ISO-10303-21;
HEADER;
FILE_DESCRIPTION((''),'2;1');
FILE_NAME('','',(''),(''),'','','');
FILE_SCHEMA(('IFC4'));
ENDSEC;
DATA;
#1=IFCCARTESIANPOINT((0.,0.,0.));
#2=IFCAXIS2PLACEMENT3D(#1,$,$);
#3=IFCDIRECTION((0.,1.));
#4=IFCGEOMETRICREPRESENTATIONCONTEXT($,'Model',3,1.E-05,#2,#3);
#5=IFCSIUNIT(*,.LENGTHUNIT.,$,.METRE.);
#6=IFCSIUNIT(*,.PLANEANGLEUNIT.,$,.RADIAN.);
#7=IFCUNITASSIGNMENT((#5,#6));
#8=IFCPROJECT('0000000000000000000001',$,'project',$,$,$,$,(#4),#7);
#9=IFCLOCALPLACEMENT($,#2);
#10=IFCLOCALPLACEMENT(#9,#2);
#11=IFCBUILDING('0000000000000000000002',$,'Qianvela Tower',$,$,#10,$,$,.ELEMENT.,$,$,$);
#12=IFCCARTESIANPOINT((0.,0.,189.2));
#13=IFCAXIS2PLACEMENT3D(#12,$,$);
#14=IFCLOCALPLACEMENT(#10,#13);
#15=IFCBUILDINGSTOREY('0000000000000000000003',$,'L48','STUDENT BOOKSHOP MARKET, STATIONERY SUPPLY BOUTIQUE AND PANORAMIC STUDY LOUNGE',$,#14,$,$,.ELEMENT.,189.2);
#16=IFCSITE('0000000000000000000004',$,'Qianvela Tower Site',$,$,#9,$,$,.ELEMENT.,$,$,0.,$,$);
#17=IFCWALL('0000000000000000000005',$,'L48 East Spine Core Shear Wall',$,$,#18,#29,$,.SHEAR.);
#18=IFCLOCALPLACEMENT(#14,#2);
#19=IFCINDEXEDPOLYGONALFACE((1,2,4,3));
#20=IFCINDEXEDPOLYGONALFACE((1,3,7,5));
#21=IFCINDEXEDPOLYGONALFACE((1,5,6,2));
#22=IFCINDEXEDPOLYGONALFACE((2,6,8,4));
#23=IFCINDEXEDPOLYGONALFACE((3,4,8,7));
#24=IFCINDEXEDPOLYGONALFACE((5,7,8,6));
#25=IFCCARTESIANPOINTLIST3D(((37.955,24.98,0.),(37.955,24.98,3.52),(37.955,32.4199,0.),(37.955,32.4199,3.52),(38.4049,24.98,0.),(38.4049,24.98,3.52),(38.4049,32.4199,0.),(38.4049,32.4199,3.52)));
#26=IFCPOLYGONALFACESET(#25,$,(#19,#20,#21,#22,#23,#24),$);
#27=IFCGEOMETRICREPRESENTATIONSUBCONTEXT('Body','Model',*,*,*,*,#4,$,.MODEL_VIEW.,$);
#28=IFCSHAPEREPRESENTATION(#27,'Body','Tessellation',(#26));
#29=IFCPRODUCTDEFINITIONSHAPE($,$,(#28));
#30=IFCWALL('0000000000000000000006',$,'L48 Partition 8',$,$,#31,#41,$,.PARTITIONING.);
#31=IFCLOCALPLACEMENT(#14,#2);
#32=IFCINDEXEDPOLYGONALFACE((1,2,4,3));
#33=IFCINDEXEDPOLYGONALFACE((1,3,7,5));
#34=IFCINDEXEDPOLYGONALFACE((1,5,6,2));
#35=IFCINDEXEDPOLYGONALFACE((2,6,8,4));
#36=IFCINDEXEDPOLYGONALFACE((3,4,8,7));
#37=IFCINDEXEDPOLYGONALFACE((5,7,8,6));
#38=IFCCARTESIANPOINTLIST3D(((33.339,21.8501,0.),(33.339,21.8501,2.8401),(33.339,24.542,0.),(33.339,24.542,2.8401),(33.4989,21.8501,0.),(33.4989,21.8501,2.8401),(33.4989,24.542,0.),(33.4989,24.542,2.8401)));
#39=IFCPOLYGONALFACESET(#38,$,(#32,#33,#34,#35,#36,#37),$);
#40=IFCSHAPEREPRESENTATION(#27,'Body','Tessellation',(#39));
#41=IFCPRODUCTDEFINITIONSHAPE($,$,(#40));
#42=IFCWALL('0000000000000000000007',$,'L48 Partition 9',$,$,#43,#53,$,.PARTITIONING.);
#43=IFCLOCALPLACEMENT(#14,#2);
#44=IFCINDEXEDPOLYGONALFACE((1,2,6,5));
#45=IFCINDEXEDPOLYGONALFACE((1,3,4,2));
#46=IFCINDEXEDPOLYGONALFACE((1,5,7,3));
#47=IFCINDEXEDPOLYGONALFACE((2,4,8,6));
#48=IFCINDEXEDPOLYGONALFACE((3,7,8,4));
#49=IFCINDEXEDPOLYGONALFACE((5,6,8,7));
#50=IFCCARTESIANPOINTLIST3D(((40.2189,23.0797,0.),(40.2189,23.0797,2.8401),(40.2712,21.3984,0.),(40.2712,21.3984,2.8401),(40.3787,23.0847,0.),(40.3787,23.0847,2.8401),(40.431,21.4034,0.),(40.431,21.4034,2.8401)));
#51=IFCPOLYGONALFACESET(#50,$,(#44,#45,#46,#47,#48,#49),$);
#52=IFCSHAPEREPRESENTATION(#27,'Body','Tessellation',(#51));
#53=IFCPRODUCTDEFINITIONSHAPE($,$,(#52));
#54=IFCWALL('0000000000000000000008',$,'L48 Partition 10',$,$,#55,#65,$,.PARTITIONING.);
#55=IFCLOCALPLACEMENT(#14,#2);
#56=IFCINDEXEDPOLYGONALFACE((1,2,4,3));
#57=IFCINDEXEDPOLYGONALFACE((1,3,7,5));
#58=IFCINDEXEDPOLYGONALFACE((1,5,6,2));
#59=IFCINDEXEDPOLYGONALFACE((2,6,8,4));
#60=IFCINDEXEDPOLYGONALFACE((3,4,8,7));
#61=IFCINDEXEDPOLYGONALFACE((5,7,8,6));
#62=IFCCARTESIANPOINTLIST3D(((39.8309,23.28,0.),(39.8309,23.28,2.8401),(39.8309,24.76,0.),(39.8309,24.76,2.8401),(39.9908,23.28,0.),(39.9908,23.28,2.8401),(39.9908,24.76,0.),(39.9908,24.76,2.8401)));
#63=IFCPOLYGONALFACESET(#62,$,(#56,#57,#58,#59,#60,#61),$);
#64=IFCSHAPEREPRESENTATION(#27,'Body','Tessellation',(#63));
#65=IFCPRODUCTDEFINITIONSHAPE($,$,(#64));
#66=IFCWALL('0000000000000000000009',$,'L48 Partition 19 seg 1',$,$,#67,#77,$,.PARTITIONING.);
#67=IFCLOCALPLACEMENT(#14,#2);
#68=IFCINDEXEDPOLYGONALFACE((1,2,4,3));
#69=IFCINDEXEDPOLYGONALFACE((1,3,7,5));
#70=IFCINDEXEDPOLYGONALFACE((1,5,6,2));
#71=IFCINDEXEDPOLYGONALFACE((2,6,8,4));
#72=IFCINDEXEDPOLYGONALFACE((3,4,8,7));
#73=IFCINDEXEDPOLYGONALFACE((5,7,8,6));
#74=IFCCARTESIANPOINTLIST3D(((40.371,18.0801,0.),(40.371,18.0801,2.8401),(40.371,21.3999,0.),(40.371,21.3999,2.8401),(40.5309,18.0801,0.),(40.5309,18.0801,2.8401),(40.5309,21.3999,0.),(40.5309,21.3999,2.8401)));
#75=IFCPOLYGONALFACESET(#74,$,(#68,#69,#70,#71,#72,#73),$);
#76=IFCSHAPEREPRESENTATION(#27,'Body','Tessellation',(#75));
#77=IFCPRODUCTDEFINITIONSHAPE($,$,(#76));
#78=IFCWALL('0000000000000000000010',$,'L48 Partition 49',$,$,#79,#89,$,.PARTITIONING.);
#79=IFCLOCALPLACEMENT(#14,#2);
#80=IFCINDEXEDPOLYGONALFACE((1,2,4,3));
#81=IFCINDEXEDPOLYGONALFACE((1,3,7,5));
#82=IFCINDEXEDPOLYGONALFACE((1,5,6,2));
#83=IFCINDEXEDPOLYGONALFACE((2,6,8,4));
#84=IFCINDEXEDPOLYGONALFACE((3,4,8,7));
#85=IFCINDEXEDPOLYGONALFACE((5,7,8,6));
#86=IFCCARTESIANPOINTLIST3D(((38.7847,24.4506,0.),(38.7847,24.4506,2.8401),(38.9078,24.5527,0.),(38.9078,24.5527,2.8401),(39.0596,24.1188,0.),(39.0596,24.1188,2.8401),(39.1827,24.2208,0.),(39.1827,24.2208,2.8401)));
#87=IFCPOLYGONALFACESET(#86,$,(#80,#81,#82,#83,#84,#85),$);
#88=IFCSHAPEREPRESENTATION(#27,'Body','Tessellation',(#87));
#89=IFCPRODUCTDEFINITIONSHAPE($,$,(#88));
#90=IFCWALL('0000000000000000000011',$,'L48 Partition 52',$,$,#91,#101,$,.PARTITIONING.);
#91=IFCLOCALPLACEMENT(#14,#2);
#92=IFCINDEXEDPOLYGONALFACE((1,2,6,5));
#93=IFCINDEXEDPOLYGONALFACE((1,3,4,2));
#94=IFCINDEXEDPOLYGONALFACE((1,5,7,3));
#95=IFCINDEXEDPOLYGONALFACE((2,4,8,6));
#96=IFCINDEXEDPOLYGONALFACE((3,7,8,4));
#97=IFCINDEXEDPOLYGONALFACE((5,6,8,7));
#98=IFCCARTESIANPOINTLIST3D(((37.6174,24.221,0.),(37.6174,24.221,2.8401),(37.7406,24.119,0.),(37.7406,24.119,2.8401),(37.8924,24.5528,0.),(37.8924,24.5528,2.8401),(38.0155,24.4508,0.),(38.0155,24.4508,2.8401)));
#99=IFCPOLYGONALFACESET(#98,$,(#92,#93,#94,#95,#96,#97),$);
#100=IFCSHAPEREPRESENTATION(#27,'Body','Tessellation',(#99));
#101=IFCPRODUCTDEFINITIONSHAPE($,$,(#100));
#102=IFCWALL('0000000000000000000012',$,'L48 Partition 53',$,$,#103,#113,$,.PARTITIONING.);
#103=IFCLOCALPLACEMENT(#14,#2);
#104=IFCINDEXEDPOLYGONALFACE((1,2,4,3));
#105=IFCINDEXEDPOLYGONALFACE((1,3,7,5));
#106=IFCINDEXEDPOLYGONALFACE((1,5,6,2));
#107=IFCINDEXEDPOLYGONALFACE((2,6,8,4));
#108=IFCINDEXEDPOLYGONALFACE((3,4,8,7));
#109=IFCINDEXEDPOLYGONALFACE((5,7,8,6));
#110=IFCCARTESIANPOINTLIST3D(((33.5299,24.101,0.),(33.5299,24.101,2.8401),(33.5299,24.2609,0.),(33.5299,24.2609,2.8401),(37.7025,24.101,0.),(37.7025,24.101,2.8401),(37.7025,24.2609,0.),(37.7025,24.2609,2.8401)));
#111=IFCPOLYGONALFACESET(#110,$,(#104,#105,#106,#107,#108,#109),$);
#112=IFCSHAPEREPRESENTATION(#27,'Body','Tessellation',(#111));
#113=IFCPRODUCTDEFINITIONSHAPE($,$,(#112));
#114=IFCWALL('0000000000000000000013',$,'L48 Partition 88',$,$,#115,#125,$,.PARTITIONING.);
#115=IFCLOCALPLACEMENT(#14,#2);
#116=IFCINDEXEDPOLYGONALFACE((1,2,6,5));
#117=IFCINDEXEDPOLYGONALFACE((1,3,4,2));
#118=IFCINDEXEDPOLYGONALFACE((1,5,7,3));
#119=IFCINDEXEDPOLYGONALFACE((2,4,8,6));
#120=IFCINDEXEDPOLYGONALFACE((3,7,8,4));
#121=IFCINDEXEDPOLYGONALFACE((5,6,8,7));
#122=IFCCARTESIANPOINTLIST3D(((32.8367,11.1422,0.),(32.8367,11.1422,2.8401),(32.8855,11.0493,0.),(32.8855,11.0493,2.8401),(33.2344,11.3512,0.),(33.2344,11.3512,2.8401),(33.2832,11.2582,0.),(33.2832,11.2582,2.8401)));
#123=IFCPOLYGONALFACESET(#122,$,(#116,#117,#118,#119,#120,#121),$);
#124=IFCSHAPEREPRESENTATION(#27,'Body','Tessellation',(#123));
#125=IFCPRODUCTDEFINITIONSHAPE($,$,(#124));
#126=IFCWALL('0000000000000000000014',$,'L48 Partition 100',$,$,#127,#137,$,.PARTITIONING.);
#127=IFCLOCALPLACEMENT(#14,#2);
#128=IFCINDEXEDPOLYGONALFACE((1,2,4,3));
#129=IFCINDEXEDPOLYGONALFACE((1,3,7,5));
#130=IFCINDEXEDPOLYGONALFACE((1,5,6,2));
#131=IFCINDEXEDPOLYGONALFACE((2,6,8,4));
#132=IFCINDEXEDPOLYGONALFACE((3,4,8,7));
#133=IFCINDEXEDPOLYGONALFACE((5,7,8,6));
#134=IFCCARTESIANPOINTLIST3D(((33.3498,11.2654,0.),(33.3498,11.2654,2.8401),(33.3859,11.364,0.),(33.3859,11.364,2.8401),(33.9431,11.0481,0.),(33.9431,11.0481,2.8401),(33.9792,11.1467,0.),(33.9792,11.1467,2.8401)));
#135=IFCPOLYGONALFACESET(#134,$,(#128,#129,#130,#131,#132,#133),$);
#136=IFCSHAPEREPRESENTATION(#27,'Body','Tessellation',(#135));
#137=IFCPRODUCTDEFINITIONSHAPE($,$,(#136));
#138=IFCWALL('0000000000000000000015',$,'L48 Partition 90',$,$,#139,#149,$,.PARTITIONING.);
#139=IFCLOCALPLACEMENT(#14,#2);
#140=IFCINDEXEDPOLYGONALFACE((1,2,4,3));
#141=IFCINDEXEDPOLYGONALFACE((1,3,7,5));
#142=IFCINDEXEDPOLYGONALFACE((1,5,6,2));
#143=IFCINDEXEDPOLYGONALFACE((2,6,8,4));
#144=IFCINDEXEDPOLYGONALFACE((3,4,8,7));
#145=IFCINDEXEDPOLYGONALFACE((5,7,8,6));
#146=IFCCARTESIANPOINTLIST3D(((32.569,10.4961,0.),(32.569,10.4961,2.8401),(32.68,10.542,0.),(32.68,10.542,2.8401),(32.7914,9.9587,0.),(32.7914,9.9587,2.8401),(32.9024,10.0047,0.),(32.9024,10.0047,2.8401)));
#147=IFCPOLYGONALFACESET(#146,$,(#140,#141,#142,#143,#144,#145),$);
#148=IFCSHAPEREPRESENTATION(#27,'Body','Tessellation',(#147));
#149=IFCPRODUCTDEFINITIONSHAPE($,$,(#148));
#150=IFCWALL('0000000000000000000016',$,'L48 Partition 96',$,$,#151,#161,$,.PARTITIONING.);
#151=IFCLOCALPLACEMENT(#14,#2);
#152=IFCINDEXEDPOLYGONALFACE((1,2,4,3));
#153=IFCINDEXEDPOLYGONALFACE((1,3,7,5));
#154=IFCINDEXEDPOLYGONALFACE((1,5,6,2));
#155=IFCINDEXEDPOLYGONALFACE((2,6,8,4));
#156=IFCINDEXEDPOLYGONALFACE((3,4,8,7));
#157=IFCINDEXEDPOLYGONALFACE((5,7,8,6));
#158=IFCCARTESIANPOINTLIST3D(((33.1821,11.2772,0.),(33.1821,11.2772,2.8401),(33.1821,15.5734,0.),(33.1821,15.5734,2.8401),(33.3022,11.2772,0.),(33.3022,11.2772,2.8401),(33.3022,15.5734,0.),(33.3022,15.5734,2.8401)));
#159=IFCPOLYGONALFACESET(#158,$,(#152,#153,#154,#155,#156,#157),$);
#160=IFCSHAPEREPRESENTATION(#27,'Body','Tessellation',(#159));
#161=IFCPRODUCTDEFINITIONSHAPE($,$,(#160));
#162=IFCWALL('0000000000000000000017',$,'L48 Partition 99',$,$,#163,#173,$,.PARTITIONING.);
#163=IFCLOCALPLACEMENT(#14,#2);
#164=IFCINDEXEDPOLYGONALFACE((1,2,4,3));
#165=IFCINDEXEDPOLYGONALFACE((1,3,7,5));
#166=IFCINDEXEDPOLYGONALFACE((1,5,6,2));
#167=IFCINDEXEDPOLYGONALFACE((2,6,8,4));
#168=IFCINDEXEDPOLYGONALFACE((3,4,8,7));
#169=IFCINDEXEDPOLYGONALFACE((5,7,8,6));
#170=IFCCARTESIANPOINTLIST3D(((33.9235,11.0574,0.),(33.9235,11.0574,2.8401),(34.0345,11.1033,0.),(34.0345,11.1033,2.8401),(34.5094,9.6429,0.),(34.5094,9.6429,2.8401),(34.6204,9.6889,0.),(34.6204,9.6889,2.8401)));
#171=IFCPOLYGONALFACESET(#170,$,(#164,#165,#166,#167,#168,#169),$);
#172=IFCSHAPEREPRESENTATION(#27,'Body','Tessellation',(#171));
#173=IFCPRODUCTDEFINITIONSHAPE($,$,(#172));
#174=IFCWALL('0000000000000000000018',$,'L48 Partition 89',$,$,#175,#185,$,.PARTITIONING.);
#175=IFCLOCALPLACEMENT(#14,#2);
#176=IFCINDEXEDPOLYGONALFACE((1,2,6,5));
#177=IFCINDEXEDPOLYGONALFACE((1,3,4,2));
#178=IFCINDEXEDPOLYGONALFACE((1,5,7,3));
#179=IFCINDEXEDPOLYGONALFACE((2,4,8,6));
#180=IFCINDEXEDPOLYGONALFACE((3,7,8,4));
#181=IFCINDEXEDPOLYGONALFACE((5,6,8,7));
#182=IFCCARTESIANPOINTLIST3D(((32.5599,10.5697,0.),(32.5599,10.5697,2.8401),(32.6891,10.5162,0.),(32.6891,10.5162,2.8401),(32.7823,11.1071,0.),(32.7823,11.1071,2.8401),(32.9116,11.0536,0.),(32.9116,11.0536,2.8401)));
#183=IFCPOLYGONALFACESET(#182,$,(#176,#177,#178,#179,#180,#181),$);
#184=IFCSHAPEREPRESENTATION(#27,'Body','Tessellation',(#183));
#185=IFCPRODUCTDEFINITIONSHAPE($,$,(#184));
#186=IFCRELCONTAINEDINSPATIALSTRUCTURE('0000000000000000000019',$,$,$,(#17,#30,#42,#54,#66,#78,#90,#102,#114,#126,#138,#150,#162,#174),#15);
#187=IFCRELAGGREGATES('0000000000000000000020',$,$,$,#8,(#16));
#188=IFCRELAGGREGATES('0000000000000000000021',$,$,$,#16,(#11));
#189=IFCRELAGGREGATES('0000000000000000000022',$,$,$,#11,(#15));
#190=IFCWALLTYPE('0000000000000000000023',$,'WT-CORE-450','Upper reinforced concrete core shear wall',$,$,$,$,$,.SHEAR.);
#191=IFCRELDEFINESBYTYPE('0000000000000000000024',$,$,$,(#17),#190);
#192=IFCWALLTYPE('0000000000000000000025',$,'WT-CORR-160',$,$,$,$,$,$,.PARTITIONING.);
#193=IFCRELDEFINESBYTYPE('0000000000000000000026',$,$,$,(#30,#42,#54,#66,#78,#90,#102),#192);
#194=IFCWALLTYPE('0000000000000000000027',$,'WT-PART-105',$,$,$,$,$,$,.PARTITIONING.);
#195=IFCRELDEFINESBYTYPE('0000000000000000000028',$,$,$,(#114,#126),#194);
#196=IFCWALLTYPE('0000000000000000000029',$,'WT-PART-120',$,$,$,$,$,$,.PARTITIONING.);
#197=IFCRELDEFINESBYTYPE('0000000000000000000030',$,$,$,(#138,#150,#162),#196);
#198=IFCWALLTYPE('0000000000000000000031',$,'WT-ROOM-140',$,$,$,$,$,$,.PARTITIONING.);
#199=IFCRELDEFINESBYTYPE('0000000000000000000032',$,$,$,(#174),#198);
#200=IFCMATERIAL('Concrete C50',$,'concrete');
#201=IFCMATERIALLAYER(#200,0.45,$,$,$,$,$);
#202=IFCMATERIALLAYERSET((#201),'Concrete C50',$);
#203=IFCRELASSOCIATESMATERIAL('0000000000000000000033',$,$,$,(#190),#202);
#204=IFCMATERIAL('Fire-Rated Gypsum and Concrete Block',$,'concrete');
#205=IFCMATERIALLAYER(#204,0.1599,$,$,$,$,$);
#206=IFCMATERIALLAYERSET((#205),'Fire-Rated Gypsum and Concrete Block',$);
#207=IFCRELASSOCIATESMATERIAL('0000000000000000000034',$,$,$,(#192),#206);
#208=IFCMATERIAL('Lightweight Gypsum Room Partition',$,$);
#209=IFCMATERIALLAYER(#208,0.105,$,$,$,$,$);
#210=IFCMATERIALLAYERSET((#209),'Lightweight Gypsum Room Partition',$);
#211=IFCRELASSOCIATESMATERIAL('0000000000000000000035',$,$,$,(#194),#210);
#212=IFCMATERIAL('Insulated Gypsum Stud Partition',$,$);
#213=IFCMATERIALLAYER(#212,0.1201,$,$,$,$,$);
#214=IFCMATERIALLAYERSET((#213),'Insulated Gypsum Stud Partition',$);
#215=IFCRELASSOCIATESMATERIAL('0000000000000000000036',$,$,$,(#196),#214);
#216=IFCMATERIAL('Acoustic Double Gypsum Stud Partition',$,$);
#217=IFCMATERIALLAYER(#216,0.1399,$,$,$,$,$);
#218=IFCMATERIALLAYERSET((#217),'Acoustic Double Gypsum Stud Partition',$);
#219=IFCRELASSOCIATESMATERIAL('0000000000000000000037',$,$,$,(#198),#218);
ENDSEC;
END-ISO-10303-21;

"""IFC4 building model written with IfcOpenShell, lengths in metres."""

from ifc_helpers import new_model, si_unit, direction, frame, frame_2d, origin, place, context, subcontext, project, spatial, rectangle, extrude, material, layer, layer_set, type_object, element, save


model = new_model("IFC4")

# Units and contexts
model_context = context("Model", 3, precision=1e-05, world=origin(), true_north=direction((0.0, 1.0)))
body_context = subcontext(model_context, "Body", "Model", "MODEL_VIEW")
ifc_project = project(units=[si_unit("LENGTHUNIT", "METRE"), si_unit("PLANEANGLEUNIT", "RADIAN")], contexts=[model_context])

# Site, building, storey
site_placement = place(None, origin())
site = spatial("IfcSite", under=ifc_project, at=site_placement, Name="Qianvela Tower Site", CompositionType="ELEMENT", RefElevation=0.0)
building_placement = place(site_placement, origin())
building = spatial("IfcBuilding", under=site, at=building_placement, Name="Qianvela Tower", CompositionType="ELEMENT")
storey_placement = place(building_placement, frame((0.0, 0.0, 189.2)))
storey = spatial("IfcBuildingStorey", under=building, at=storey_placement, Name="L48", Description="STUDENT BOOKSHOP MARKET, STATIONERY SUPPLY BOUTIQUE AND PANORAMIC STUDY LOUNGE", CompositionType="ELEMENT", Elevation=189.2)

# Wall
ifc_material_1 = material(Name="Concrete C50", Category="concrete")
ifc_layer_1 = layer(ifc_material_1, 0.45)
ifc_layer_set_1 = layer_set([ifc_layer_1], Name="Concrete C50")
wall_type_1 = type_object("IfcWallType", Name="WT-CORE-450", Description="Upper reinforced concrete core shear wall", PredefinedType="SHEAR", material=ifc_layer_set_1)
wall_1_placement = place(storey_placement, frame((38.1799, 24.98, 0.0), z_axis=(0.0, 0.0, 1.0), x_axis=(0.0, 1.0, 0.0)))
element("IfcWall", 1, at=wall_1_placement, inside=storey, type_object=wall_type_1, Name="L48 East Spine Core Shear Wall", PredefinedType="SHEAR", context=body_context, shape_type="SweptSolid", body=[
    extrude(rectangle(XDim=7.4399, YDim=0.45, at=frame_2d((3.72, 0.0))), origin(), (0.0, 0.0, 1.0), 3.52),
])

# Shared definitions
ifc_material_2 = material(Name="Fire-Rated Gypsum and Concrete Block", Category="concrete")
ifc_layer_2 = layer(ifc_material_2, 0.1599)
ifc_layer_set_2 = layer_set([ifc_layer_2], Name="Fire-Rated Gypsum and Concrete Block")
wall_type_2 = type_object("IfcWallType", Name="WT-CORR-160", PredefinedType="PARTITIONING", material=ifc_layer_set_2)

# Walls
wall_2_placement = place(storey_placement, frame((33.4189, 24.542, 0.0), z_axis=(0.0, 0.0, 1.0), x_axis=(0.0, -1.0, 0.0)))
element("IfcWall", 2, at=wall_2_placement, inside=storey, type_object=wall_type_2, Name="L48 Partition 8", PredefinedType="PARTITIONING", context=body_context, shape_type="SweptSolid", body=[
    extrude(rectangle(XDim=2.6919, YDim=0.1599, at=frame_2d((1.3459, 0.0))), origin(), (0.0, 0.0, 1.0), 2.8401),
])
wall_3_placement = place(storey_placement, frame((40.3511, 21.4009, 0.0), z_axis=(0.0, 0.0, 1.0), x_axis=(-0.031058, 0.999518, 0.0)))
element("IfcWall", 3, at=wall_3_placement, inside=storey, type_object=wall_type_2, Name="L48 Partition 9", PredefinedType="PARTITIONING", context=body_context, shape_type="SweptSolid", body=[
    extrude(rectangle(XDim=1.6821, YDim=0.1599, at=frame_2d((0.8411, 0.0))), origin(), (0.0, 0.0, 1.0), 2.8401),
])
wall_4_placement = place(storey_placement, frame((39.9109, 23.28, 0.0), z_axis=(0.0, 0.0, 1.0), x_axis=(0.0, 1.0, 0.0)))
element("IfcWall", 4, at=wall_4_placement, inside=storey, type_object=wall_type_2, Name="L48 Partition 10", PredefinedType="PARTITIONING", context=body_context, shape_type="SweptSolid", body=[
    extrude(rectangle(XDim=1.48, YDim=0.1599, at=frame_2d((0.74, 0.0))), origin(), (0.0, 0.0, 1.0), 2.8401),
])
wall_5_placement = place(storey_placement, frame((40.4509, 18.0801, 0.0), z_axis=(0.0, 0.0, 1.0), x_axis=(0.0, 1.0, 0.0)))
element("IfcWall", 5, at=wall_5_placement, inside=storey, type_object=wall_type_2, Name="L48 Partition 19 seg 1", PredefinedType="PARTITIONING", context=body_context, shape_type="SweptSolid", body=[
    extrude(rectangle(XDim=3.3198, YDim=0.1599, at=frame_2d((1.6599, 0.0))), origin(), (0.0, 0.0, 1.0), 2.8401),
])
for number, where, z_axis, x_axis, name in (
    (6, (39.1211, 24.1699, 0.0), (0.0, 0.0, 1.0), (-0.638008, 0.77003, 0.0), "L48 Partition 49"),
    (7, (37.9539, 24.5017, 0.0), (0.0, 0.0, 1.0), (-0.638008, -0.77003, 0.0), "L48 Partition 52"),
):
    element("IfcWall", number, at=place(storey_placement, frame(where, z_axis=z_axis, x_axis=x_axis)), inside=storey, type_object=wall_type_2, Name=name, PredefinedType="PARTITIONING", context=body_context, shape_type="SweptSolid", body=[
        extrude(rectangle(XDim=0.4309, YDim=0.1599, at=frame_2d((0.2153, 0.0))), origin(), (0.0, 0.0, 1.0), 2.8401),
    ])
wall_6_placement = place(storey_placement, frame((37.7026, 24.1809, 0.0), z_axis=(0.0, 0.0, 1.0), x_axis=(-1.0, 0.0, 0.0)))
element("IfcWall", 8, at=wall_6_placement, inside=storey, type_object=wall_type_2, Name="L48 Partition 53", PredefinedType="PARTITIONING", context=body_context, shape_type="SweptSolid", body=[
    extrude(rectangle(XDim=4.1726, YDim=0.1599, at=frame_2d((2.0864, 0.0))), origin(), (0.0, 0.0, 1.0), 2.8401),
])
ifc_material_3 = material(Name="Lightweight Gypsum Room Partition")
ifc_layer_3 = layer(ifc_material_3, 0.105)
ifc_layer_set_3 = layer_set([ifc_layer_3], Name="Lightweight Gypsum Room Partition")
wall_type_3 = type_object("IfcWallType", Name="WT-PART-105", PredefinedType="PARTITIONING", material=ifc_layer_set_3)
wall_7_placement = place(storey_placement, frame((33.2588, 11.3047, 0.0), z_axis=(0.0, 0.0, 1.0), x_axis=(-0.885225, -0.465164, 0.0)))
element("IfcWall", 9, at=wall_7_placement, inside=storey, type_object=wall_type_3, Name="L48 Partition 88", PredefinedType="PARTITIONING", context=body_context, shape_type="SweptSolid", body=[
    extrude(rectangle(XDim=0.4492, YDim=0.105, at=frame_2d((0.2246, 0.0))), origin(), (0.0, 0.0, 1.0), 2.8401),
])
wall_8_placement = place(storey_placement, frame((33.9612, 11.0974, 0.0), z_axis=(0.0, 0.0, 1.0), x_axis=(-0.939001, 0.343914, 0.0)))
element("IfcWall", 10, at=wall_8_placement, inside=storey, type_object=wall_type_3, Name="L48 Partition 100", PredefinedType="PARTITIONING", context=body_context, shape_type="SweptSolid", body=[
    extrude(rectangle(XDim=0.6318, YDim=0.105, at=frame_2d((0.3159, 0.0))), origin(), (0.0, 0.0, 1.0), 2.8401),
])
ifc_material_4 = material(Name="Insulated Gypsum Stud Partition")
ifc_layer_4 = layer(ifc_material_4, 0.1201)
ifc_layer_set_4 = layer_set([ifc_layer_4], Name="Insulated Gypsum Stud Partition")
wall_type_4 = type_object("IfcWallType", Name="WT-PART-120", PredefinedType="PARTITIONING", material=ifc_layer_set_4)
wall_9_placement = place(storey_placement, frame((32.6245, 10.519, 0.0), z_axis=(0.0, 0.0, 1.0), x_axis=(0.382438, -0.923981, 0.0)))
element("IfcWall", 11, at=wall_9_placement, inside=storey, type_object=wall_type_4, Name="L48 Partition 90", PredefinedType="PARTITIONING", context=body_context, shape_type="SweptSolid", body=[
    extrude(rectangle(XDim=0.5815, YDim=0.1201, at=frame_2d((0.2908, 0.0))), origin(), (0.0, 0.0, 1.0), 2.8401),
])
wall_10_placement = place(storey_placement, frame((33.2422, 15.5732, 0.0), z_axis=(0.0, 0.0, 1.0), x_axis=(0.0, -1.0, 0.0)))
element("IfcWall", 12, at=wall_10_placement, inside=storey, type_object=wall_type_4, Name="L48 Partition 96", PredefinedType="PARTITIONING", context=body_context, shape_type="SweptSolid", body=[
    extrude(rectangle(XDim=4.2961, YDim=0.1201, at=frame_2d((2.1479, 0.0))), origin(), (0.0, 0.0, 1.0), 2.8401),
])
wall_11_placement = place(storey_placement, frame((34.5649, 9.6658, 0.0), z_axis=(0.0, 0.0, 1.0), x_axis=(-0.38269, 0.923877, 0.0)))
element("IfcWall", 13, at=wall_11_placement, inside=storey, type_object=wall_type_4, Name="L48 Partition 99", PredefinedType="PARTITIONING", context=body_context, shape_type="SweptSolid", body=[
    extrude(rectangle(XDim=1.531, YDim=0.1201, at=frame_2d((0.7656, 0.0))), origin(), (0.0, 0.0, 1.0), 2.8401),
])
ifc_material_5 = material(Name="Acoustic Double Gypsum Stud Partition")
ifc_layer_5 = layer(ifc_material_5, 0.1399)
ifc_layer_set_5 = layer_set([ifc_layer_5], Name="Acoustic Double Gypsum Stud Partition")
wall_type_5 = type_object("IfcWallType", Name="WT-ROOM-140", PredefinedType="PARTITIONING", material=ifc_layer_set_5)
wall_12_placement = place(storey_placement, frame((32.8469, 11.0803, 0.0), z_axis=(0.0, 0.0, 1.0), x_axis=(-0.382438, -0.923981, 0.0)))
element("IfcWall", 14, at=wall_12_placement, inside=storey, type_object=wall_type_5, Name="L48 Partition 89", PredefinedType="PARTITIONING", context=body_context, shape_type="SweptSolid", body=[
    extrude(rectangle(XDim=0.5815, YDim=0.1399, at=frame_2d((0.2908, 0.0))), origin(), (0.0, 0.0, 1.0), 2.8401),
])

save(model, "model.ifc")
